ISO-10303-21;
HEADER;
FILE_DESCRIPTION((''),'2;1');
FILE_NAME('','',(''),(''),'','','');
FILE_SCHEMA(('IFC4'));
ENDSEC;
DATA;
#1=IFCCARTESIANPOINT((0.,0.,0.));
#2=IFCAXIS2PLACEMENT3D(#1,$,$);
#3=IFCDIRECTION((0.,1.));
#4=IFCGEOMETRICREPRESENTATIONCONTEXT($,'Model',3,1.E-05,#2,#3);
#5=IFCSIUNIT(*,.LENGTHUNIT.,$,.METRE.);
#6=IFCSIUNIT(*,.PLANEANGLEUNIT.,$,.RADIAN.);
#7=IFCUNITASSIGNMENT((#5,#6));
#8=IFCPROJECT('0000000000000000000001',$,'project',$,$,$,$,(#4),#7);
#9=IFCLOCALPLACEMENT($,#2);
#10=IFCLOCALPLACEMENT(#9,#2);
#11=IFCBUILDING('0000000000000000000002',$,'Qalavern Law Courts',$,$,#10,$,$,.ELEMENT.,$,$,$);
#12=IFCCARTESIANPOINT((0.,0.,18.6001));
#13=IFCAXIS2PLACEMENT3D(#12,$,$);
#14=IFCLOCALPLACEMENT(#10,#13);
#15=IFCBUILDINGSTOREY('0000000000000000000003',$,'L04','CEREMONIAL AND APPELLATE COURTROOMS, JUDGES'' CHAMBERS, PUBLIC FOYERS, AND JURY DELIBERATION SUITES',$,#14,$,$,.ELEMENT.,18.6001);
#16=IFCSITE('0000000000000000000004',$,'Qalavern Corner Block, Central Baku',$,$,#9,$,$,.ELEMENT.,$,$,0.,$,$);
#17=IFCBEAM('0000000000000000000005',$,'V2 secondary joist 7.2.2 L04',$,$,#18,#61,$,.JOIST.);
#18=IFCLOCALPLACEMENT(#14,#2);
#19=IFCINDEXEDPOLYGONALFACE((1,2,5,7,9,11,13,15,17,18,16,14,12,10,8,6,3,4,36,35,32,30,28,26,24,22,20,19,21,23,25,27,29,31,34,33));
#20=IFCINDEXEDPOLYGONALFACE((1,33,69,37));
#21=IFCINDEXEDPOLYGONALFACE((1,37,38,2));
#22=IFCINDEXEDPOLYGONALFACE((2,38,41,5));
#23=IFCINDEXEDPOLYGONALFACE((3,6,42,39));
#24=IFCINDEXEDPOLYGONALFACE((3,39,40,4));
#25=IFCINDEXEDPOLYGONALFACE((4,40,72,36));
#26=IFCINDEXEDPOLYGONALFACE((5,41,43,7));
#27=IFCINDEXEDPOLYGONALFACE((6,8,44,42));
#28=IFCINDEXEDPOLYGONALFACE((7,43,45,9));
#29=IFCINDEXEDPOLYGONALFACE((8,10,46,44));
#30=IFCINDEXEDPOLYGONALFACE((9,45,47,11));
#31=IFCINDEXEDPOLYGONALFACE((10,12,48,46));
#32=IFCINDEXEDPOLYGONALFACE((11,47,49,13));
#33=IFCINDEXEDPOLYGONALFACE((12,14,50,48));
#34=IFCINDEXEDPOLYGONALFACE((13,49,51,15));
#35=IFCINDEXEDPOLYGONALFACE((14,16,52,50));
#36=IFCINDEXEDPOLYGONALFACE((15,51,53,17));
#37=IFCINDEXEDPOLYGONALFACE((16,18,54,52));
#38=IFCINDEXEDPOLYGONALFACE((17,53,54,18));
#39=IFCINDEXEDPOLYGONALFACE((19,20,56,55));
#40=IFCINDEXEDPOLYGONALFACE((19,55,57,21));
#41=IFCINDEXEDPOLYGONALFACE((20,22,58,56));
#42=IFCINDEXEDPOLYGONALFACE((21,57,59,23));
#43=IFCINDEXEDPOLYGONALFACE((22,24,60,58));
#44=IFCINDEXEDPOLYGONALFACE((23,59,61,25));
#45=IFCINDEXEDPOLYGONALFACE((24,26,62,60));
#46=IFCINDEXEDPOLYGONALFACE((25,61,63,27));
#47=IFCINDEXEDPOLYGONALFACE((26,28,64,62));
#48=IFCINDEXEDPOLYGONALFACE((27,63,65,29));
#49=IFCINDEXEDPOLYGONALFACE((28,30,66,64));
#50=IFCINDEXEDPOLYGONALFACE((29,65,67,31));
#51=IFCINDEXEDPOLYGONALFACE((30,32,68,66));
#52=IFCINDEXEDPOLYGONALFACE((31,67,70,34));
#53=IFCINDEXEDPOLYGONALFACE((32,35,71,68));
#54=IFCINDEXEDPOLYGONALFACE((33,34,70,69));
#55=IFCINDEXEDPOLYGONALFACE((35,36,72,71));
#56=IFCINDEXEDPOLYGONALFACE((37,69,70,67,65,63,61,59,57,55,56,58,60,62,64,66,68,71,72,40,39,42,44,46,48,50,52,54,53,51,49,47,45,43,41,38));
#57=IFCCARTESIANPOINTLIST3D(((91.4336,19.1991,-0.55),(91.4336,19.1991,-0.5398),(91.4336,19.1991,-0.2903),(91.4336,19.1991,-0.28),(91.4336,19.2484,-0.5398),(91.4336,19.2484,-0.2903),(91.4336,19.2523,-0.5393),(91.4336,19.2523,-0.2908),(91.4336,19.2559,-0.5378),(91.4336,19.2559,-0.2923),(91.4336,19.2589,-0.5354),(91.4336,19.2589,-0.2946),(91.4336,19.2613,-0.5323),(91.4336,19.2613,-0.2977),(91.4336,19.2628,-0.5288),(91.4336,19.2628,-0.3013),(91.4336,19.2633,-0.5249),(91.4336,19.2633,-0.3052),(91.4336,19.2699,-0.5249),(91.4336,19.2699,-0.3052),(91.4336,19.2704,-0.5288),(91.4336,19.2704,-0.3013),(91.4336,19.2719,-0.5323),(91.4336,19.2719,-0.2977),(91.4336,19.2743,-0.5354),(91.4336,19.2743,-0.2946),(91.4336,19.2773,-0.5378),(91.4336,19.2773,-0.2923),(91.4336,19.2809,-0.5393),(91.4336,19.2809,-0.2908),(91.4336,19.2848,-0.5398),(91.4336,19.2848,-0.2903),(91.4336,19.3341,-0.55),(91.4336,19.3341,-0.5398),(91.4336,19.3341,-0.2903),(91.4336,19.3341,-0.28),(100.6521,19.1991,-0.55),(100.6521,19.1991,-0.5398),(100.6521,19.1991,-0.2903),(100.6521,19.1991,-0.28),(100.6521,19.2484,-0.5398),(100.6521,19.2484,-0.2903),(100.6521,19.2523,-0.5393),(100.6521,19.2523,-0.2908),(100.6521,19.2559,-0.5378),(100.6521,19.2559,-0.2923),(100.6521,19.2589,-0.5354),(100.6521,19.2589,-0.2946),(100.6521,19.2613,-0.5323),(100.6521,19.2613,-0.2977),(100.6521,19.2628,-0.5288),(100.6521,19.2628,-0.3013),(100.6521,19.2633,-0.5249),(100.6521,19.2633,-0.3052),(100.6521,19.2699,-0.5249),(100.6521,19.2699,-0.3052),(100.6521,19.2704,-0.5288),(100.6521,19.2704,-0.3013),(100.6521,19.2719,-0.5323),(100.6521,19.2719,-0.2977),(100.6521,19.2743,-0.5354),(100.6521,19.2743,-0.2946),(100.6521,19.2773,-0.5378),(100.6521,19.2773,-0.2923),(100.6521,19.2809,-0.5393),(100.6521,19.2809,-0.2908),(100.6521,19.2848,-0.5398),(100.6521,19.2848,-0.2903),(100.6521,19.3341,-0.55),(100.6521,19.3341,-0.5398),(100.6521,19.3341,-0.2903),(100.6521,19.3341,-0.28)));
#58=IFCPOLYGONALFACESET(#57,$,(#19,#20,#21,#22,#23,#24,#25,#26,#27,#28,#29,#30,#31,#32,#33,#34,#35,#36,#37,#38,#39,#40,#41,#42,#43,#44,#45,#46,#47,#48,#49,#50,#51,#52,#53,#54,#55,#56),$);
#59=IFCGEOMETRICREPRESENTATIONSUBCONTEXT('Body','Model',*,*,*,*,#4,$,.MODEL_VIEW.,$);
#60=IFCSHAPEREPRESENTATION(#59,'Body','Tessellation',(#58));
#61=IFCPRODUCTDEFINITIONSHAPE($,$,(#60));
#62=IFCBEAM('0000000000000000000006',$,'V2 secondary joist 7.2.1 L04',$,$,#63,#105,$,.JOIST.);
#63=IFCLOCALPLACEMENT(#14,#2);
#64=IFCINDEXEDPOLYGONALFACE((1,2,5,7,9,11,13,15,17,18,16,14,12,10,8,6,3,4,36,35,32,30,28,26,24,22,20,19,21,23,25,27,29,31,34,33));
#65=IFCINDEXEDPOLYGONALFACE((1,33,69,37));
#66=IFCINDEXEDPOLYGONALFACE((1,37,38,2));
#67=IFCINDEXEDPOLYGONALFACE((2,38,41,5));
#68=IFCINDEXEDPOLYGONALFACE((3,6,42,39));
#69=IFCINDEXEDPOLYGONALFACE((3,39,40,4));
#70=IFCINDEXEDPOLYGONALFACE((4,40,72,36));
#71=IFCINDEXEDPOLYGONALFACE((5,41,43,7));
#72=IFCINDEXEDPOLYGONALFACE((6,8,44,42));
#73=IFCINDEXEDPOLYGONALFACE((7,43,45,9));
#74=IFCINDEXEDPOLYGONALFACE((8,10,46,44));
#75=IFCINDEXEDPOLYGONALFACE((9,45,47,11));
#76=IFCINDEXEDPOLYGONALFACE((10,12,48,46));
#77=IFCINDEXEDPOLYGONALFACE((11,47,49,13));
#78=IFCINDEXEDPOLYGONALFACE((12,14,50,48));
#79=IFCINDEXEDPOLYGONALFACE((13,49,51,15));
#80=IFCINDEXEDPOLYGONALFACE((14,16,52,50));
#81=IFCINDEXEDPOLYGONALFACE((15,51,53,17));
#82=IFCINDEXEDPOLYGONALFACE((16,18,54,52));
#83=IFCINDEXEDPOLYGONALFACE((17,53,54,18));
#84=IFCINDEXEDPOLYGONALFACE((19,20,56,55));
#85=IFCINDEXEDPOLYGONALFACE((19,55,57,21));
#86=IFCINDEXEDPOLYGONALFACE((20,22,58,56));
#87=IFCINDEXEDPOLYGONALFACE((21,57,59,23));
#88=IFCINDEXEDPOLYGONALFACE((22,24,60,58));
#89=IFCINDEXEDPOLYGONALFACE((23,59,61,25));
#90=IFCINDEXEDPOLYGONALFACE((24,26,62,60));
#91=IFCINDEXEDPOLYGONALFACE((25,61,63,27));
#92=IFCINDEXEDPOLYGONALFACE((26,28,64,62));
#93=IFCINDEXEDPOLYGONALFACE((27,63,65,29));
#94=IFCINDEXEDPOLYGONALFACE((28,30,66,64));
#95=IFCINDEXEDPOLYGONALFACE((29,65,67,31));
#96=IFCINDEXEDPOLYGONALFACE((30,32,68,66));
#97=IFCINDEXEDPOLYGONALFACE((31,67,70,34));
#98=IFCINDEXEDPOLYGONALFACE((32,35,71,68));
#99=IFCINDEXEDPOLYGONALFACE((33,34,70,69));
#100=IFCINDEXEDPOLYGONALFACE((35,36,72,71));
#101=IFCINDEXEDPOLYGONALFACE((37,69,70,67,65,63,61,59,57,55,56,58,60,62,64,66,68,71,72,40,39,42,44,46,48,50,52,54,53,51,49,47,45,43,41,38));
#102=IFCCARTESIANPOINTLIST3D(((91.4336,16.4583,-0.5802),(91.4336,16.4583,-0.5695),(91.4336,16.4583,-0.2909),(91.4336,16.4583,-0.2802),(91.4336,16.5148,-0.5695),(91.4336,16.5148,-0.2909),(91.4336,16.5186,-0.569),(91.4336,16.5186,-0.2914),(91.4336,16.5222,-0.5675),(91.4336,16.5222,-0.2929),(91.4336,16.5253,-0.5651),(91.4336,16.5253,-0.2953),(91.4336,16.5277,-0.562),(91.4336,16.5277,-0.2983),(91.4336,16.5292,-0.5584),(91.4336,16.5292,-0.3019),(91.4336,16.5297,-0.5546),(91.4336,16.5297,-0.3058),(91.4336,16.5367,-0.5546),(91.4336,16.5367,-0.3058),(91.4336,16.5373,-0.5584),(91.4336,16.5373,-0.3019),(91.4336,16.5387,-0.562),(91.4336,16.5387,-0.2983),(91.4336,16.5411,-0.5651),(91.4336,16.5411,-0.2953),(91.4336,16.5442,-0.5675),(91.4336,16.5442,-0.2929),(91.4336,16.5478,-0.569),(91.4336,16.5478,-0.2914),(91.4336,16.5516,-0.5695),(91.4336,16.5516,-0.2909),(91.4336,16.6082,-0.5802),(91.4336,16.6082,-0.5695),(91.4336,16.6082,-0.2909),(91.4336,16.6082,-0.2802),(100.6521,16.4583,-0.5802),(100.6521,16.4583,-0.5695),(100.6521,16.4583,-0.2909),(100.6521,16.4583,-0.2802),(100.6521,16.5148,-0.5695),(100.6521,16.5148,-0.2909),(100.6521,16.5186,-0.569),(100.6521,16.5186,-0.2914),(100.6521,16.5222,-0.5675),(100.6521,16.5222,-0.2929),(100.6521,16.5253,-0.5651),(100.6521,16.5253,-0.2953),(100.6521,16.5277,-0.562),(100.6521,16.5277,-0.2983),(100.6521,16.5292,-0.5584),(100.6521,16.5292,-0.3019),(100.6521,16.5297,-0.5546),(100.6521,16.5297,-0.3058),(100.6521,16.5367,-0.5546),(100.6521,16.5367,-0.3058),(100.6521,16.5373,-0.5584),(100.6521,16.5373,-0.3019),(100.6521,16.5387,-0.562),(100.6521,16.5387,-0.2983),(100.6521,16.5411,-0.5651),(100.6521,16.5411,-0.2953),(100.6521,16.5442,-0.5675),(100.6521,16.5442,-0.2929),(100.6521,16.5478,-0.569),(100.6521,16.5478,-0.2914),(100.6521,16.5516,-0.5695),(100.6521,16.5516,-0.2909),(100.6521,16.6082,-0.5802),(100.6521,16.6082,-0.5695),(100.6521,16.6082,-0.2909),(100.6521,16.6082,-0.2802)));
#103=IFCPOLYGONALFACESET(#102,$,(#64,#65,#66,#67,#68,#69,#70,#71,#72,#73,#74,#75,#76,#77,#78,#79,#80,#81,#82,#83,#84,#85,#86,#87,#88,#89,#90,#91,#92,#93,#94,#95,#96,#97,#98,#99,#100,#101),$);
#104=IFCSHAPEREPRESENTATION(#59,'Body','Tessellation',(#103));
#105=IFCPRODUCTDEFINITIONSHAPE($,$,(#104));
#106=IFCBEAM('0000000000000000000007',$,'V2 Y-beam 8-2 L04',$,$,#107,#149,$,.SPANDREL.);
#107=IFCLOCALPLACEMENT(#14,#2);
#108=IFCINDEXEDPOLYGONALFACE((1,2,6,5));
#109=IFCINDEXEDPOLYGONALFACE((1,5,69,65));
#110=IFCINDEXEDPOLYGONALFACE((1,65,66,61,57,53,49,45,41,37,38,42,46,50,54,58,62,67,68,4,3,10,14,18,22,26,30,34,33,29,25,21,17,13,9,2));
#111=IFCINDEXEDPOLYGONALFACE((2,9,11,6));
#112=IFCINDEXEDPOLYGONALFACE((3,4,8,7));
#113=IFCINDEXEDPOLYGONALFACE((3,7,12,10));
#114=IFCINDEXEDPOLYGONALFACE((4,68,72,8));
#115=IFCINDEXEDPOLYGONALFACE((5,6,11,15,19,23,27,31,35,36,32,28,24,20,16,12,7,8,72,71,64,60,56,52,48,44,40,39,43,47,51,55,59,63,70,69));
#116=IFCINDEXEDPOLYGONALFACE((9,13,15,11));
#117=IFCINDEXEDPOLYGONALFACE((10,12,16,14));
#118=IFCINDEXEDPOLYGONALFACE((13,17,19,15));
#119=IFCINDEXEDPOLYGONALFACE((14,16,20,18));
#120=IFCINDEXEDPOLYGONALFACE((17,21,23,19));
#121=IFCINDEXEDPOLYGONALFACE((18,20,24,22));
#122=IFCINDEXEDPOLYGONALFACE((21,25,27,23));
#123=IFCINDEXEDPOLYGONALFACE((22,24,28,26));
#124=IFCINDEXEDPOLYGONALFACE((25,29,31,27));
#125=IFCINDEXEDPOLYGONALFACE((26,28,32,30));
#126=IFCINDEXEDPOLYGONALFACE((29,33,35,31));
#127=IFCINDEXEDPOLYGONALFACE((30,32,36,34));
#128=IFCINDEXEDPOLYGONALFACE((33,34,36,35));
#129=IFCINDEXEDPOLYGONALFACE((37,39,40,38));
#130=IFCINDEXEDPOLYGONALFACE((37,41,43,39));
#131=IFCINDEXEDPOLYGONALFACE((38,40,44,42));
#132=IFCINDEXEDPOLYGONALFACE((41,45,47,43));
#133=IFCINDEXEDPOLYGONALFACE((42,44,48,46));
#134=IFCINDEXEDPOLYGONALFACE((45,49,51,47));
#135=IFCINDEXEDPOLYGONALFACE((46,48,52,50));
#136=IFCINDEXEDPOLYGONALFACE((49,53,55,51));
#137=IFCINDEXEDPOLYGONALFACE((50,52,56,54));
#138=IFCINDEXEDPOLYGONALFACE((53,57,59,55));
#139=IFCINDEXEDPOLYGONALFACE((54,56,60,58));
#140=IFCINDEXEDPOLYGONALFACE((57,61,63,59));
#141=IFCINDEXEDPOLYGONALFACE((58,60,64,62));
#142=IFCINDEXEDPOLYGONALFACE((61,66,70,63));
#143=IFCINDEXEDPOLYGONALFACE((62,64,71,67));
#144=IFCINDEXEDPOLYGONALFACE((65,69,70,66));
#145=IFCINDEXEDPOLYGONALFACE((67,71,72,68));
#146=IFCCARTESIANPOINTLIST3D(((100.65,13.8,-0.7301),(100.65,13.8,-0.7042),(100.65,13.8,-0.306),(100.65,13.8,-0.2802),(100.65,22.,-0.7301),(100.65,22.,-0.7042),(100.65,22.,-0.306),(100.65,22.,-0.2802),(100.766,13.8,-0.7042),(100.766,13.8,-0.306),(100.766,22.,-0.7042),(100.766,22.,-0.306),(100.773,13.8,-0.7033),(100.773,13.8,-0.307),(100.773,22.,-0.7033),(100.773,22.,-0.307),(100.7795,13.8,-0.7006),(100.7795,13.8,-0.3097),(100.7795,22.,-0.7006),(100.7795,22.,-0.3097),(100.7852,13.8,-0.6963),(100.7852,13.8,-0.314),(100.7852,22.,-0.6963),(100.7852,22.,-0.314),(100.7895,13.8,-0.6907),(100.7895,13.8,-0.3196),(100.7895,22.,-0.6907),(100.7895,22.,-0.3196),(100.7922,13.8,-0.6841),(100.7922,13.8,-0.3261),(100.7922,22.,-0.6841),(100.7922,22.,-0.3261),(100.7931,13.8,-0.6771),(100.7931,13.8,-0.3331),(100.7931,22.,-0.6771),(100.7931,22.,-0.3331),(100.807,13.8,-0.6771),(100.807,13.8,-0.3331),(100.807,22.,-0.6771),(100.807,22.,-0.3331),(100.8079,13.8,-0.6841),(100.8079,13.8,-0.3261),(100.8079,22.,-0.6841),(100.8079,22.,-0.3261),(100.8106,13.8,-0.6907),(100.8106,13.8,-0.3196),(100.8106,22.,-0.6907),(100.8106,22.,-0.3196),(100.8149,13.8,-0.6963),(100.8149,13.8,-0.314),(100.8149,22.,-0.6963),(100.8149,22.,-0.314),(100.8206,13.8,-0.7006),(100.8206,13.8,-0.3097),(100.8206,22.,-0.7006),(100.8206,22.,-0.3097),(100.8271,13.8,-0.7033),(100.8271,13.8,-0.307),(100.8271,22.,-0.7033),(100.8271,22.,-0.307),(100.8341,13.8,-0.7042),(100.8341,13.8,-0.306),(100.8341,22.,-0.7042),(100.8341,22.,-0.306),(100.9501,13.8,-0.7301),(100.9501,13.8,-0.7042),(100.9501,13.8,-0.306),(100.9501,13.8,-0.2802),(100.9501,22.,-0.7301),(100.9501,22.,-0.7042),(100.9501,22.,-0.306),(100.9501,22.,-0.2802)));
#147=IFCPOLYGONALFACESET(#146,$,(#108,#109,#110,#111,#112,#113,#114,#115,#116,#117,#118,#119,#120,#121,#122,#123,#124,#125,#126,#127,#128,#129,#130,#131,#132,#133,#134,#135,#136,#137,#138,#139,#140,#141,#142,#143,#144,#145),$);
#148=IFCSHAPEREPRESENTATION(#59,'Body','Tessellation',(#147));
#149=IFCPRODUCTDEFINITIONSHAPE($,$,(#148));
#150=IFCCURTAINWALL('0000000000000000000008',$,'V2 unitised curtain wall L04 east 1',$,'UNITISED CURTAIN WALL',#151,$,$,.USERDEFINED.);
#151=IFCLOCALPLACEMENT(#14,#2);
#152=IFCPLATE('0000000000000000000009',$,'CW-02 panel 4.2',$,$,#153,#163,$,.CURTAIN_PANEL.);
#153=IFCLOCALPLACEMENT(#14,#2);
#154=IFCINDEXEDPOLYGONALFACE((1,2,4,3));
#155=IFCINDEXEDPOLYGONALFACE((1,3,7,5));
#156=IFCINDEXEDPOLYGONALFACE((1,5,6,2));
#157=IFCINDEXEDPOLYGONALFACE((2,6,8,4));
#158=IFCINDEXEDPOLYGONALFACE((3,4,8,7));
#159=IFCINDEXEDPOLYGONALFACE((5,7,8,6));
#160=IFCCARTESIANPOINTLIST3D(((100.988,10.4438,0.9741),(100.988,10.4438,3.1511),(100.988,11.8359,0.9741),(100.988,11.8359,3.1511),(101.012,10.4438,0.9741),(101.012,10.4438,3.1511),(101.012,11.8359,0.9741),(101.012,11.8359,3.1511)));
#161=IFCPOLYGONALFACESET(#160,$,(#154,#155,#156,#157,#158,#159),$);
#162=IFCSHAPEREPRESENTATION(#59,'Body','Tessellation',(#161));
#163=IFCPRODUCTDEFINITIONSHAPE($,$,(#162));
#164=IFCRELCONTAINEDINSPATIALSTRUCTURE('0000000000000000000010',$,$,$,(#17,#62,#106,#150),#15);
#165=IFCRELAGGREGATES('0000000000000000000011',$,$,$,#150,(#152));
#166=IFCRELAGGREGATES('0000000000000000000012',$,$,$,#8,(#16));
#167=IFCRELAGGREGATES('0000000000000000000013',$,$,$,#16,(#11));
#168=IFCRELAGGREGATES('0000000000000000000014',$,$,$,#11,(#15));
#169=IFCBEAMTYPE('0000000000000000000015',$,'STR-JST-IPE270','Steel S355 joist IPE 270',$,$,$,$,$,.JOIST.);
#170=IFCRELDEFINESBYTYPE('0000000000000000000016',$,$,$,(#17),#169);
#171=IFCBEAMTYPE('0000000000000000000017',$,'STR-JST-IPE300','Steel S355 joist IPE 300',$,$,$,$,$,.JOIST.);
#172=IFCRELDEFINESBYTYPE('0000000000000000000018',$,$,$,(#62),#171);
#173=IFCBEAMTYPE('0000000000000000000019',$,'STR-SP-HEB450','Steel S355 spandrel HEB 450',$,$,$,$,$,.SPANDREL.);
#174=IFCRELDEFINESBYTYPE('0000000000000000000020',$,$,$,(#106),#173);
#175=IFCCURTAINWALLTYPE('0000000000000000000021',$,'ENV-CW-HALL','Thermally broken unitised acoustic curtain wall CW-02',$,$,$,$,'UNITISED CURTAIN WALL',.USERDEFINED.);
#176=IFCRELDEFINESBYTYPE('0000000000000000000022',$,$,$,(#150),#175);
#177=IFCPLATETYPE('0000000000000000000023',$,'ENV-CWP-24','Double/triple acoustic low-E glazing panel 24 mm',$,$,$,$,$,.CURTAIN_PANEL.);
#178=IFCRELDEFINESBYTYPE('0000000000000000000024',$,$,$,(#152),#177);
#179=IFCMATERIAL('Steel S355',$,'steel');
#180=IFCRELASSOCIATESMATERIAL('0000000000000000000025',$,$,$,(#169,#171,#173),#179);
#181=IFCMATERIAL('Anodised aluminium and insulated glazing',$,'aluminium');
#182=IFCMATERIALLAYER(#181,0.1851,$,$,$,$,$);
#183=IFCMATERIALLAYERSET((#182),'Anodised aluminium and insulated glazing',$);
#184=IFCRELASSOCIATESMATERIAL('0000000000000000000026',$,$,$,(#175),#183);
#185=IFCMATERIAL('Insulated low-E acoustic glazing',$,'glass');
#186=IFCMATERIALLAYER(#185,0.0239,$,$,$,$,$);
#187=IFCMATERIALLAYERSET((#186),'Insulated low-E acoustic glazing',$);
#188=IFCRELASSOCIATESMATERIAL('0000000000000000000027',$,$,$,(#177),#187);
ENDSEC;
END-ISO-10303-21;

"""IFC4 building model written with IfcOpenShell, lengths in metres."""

from ifc_helpers import new_model, si_unit, direction, frame, origin, origin_2d, place, context, subcontext, project, spatial, rectangle, i_section, extrude, material, layer, layer_set, material_profile, profile_set, type_object, element, aggregate, save


model = new_model("IFC4")

# Units and contexts
model_context = context("Model", 3, precision=1e-05, world=origin(), true_north=direction((0.0, 1.0)))
body_context = subcontext(model_context, "Body", "Model", "MODEL_VIEW")
ifc_project = project(units=[si_unit("LENGTHUNIT", "METRE"), si_unit("PLANEANGLEUNIT", "RADIAN")], contexts=[model_context])

# Site, building, storey
site_placement = place(None, origin())
site = spatial("IfcSite", under=ifc_project, at=site_placement, Name="Qalavern Corner Block, Central Baku", CompositionType="ELEMENT", RefElevation=0.0)
building_placement = place(site_placement, origin())
building = spatial("IfcBuilding", under=site, at=building_placement, Name="Qalavern Law Courts", CompositionType="ELEMENT")
storey_placement = place(building_placement, frame((0.0, 0.0, 18.6001)))
storey = spatial("IfcBuildingStorey", under=building, at=storey_placement, Name="L04", Description="CEREMONIAL AND APPELLATE COURTROOMS, JUDGES' CHAMBERS, PUBLIC FOYERS, AND JURY DELIBERATION SUITES", CompositionType="ELEMENT", Elevation=18.6001)

# Beams
ifc_material_1 = material(Name="Steel S355", Category="steel")
ifc_material_profile_1 = material_profile(ifc_material_1, i_section(OverallWidth=0.135, OverallDepth=0.27, WebThickness=0.0066, FlangeThickness=0.0103, FilletRadius=0.0149, at=origin_2d()), Name="IPE 270")
ifc_profile_set_1 = profile_set([ifc_material_profile_1], Name="Steel S355")
beam_type_1 = type_object("IfcBeamType", Name="STR-JST-IPE270", Description="Steel S355 joist IPE 270", PredefinedType="JOIST", material=ifc_profile_set_1)
beam_1_placement = place(storey_placement, frame((91.4336, 19.2666, -0.415), z_axis=(1.0, 0.0, 0.0), x_axis=(0.0, 1.0, 0.0)))
element("IfcBeam", 1, at=beam_1_placement, inside=storey, type_object=beam_type_1, Name="V2 secondary joist 7.2.2 L04", PredefinedType="JOIST", context=body_context, shape_type="SweptSolid", body=[
    extrude(i_section(OverallWidth=0.135, OverallDepth=0.27, WebThickness=0.0066, FlangeThickness=0.0103, FilletRadius=0.0149, at=origin_2d()), origin(), (0.0, 0.0, 1.0), 9.2185),
])
ifc_material_profile_2 = material_profile(ifc_material_1, i_section(OverallWidth=0.1499, OverallDepth=0.3, WebThickness=0.0071, FlangeThickness=0.0107, FilletRadius=0.0149, at=origin_2d()), Name="IPE 300")
ifc_profile_set_2 = profile_set([ifc_material_profile_2], Name="Steel S355")
beam_type_2 = type_object("IfcBeamType", Name="STR-JST-IPE300", Description="Steel S355 joist IPE 300", PredefinedType="JOIST", material=ifc_profile_set_2)
beam_2_placement = place(storey_placement, frame((91.4336, 16.5332, -0.4302), z_axis=(1.0, 0.0, 0.0), x_axis=(0.0, 1.0, 0.0)))
element("IfcBeam", 2, at=beam_2_placement, inside=storey, type_object=beam_type_2, Name="V2 secondary joist 7.2.1 L04", PredefinedType="JOIST", context=body_context, shape_type="SweptSolid", body=[
    extrude(i_section(OverallWidth=0.1499, OverallDepth=0.3, WebThickness=0.0071, FlangeThickness=0.0107, FilletRadius=0.0149, at=origin_2d()), origin(), (0.0, 0.0, 1.0), 9.2185),
])
ifc_material_profile_3 = material_profile(ifc_material_1, i_section(OverallWidth=0.3, OverallDepth=0.45, WebThickness=0.0139, FlangeThickness=0.0259, FilletRadius=0.0271, at=origin_2d()), Name="HEB 450")
ifc_profile_set_3 = profile_set([ifc_material_profile_3], Name="Steel S355")
beam_type_3 = type_object("IfcBeamType", Name="STR-SP-HEB450", Description="Steel S355 spandrel HEB 450", PredefinedType="SPANDREL", material=ifc_profile_set_3)
beam_3_placement = place(storey_placement, frame((100.8, 13.8, -0.5051), z_axis=(0.0, 1.0, 0.0), x_axis=(-1.0, 0.0, 0.0)))
element("IfcBeam", 3, at=beam_3_placement, inside=storey, type_object=beam_type_3, Name="V2 Y-beam 8-2 L04", PredefinedType="SPANDREL", context=body_context, shape_type="SweptSolid", body=[
    extrude(i_section(OverallWidth=0.3, OverallDepth=0.45, WebThickness=0.0139, FlangeThickness=0.0259, FilletRadius=0.0271, at=origin_2d()), origin(), (0.0, 0.0, 1.0), 8.2),
])

# Curtain wall, plate
ifc_material_2 = material(Name="Anodised aluminium and insulated glazing", Category="aluminium")
ifc_layer_1 = layer(ifc_material_2, 0.1851)
ifc_layer_set_1 = layer_set([ifc_layer_1], Name="Anodised aluminium and insulated glazing")
curtain_wall_type = type_object("IfcCurtainWallType", Name="ENV-CW-HALL", Description="Thermally broken unitised acoustic curtain wall CW-02", ElementType="UNITISED CURTAIN WALL", PredefinedType="USERDEFINED", material=ifc_layer_set_1)
curtain_wall_placement = place(storey_placement, origin())
curtain_wall = element("IfcCurtainWall", 4, at=curtain_wall_placement, inside=storey, type_object=curtain_wall_type, Name="V2 unitised curtain wall L04 east 1", ObjectType="UNITISED CURTAIN WALL", PredefinedType="USERDEFINED")
ifc_material_3 = material(Name="Insulated low-E acoustic glazing", Category="glass")
ifc_layer_2 = layer(ifc_material_3, 0.0239)
ifc_layer_set_2 = layer_set([ifc_layer_2], Name="Insulated low-E acoustic glazing")
plate_type = type_object("IfcPlateType", Name="ENV-CWP-24", Description="Double/triple acoustic low-E glazing panel 24 mm", PredefinedType="CURTAIN_PANEL", material=ifc_layer_set_2)
plate_placement = place(storey_placement, frame((101.0, 11.1399, 0.9741), z_axis=(0.0, 0.0, 1.0), x_axis=(0.0, 1.0, 0.0)))
plate = element("IfcPlate", 5, at=plate_placement, type_object=plate_type, Name="CW-02 panel 4.2", PredefinedType="CURTAIN_PANEL", context=body_context, shape_type="SweptSolid", body=[
    extrude(rectangle(XDim=1.3921, YDim=0.0239, at=origin_2d()), origin(), (0.0, 0.0, 1.0), 2.177),
])
aggregate(curtain_wall, [plate])

save(model, "model.ifc")
